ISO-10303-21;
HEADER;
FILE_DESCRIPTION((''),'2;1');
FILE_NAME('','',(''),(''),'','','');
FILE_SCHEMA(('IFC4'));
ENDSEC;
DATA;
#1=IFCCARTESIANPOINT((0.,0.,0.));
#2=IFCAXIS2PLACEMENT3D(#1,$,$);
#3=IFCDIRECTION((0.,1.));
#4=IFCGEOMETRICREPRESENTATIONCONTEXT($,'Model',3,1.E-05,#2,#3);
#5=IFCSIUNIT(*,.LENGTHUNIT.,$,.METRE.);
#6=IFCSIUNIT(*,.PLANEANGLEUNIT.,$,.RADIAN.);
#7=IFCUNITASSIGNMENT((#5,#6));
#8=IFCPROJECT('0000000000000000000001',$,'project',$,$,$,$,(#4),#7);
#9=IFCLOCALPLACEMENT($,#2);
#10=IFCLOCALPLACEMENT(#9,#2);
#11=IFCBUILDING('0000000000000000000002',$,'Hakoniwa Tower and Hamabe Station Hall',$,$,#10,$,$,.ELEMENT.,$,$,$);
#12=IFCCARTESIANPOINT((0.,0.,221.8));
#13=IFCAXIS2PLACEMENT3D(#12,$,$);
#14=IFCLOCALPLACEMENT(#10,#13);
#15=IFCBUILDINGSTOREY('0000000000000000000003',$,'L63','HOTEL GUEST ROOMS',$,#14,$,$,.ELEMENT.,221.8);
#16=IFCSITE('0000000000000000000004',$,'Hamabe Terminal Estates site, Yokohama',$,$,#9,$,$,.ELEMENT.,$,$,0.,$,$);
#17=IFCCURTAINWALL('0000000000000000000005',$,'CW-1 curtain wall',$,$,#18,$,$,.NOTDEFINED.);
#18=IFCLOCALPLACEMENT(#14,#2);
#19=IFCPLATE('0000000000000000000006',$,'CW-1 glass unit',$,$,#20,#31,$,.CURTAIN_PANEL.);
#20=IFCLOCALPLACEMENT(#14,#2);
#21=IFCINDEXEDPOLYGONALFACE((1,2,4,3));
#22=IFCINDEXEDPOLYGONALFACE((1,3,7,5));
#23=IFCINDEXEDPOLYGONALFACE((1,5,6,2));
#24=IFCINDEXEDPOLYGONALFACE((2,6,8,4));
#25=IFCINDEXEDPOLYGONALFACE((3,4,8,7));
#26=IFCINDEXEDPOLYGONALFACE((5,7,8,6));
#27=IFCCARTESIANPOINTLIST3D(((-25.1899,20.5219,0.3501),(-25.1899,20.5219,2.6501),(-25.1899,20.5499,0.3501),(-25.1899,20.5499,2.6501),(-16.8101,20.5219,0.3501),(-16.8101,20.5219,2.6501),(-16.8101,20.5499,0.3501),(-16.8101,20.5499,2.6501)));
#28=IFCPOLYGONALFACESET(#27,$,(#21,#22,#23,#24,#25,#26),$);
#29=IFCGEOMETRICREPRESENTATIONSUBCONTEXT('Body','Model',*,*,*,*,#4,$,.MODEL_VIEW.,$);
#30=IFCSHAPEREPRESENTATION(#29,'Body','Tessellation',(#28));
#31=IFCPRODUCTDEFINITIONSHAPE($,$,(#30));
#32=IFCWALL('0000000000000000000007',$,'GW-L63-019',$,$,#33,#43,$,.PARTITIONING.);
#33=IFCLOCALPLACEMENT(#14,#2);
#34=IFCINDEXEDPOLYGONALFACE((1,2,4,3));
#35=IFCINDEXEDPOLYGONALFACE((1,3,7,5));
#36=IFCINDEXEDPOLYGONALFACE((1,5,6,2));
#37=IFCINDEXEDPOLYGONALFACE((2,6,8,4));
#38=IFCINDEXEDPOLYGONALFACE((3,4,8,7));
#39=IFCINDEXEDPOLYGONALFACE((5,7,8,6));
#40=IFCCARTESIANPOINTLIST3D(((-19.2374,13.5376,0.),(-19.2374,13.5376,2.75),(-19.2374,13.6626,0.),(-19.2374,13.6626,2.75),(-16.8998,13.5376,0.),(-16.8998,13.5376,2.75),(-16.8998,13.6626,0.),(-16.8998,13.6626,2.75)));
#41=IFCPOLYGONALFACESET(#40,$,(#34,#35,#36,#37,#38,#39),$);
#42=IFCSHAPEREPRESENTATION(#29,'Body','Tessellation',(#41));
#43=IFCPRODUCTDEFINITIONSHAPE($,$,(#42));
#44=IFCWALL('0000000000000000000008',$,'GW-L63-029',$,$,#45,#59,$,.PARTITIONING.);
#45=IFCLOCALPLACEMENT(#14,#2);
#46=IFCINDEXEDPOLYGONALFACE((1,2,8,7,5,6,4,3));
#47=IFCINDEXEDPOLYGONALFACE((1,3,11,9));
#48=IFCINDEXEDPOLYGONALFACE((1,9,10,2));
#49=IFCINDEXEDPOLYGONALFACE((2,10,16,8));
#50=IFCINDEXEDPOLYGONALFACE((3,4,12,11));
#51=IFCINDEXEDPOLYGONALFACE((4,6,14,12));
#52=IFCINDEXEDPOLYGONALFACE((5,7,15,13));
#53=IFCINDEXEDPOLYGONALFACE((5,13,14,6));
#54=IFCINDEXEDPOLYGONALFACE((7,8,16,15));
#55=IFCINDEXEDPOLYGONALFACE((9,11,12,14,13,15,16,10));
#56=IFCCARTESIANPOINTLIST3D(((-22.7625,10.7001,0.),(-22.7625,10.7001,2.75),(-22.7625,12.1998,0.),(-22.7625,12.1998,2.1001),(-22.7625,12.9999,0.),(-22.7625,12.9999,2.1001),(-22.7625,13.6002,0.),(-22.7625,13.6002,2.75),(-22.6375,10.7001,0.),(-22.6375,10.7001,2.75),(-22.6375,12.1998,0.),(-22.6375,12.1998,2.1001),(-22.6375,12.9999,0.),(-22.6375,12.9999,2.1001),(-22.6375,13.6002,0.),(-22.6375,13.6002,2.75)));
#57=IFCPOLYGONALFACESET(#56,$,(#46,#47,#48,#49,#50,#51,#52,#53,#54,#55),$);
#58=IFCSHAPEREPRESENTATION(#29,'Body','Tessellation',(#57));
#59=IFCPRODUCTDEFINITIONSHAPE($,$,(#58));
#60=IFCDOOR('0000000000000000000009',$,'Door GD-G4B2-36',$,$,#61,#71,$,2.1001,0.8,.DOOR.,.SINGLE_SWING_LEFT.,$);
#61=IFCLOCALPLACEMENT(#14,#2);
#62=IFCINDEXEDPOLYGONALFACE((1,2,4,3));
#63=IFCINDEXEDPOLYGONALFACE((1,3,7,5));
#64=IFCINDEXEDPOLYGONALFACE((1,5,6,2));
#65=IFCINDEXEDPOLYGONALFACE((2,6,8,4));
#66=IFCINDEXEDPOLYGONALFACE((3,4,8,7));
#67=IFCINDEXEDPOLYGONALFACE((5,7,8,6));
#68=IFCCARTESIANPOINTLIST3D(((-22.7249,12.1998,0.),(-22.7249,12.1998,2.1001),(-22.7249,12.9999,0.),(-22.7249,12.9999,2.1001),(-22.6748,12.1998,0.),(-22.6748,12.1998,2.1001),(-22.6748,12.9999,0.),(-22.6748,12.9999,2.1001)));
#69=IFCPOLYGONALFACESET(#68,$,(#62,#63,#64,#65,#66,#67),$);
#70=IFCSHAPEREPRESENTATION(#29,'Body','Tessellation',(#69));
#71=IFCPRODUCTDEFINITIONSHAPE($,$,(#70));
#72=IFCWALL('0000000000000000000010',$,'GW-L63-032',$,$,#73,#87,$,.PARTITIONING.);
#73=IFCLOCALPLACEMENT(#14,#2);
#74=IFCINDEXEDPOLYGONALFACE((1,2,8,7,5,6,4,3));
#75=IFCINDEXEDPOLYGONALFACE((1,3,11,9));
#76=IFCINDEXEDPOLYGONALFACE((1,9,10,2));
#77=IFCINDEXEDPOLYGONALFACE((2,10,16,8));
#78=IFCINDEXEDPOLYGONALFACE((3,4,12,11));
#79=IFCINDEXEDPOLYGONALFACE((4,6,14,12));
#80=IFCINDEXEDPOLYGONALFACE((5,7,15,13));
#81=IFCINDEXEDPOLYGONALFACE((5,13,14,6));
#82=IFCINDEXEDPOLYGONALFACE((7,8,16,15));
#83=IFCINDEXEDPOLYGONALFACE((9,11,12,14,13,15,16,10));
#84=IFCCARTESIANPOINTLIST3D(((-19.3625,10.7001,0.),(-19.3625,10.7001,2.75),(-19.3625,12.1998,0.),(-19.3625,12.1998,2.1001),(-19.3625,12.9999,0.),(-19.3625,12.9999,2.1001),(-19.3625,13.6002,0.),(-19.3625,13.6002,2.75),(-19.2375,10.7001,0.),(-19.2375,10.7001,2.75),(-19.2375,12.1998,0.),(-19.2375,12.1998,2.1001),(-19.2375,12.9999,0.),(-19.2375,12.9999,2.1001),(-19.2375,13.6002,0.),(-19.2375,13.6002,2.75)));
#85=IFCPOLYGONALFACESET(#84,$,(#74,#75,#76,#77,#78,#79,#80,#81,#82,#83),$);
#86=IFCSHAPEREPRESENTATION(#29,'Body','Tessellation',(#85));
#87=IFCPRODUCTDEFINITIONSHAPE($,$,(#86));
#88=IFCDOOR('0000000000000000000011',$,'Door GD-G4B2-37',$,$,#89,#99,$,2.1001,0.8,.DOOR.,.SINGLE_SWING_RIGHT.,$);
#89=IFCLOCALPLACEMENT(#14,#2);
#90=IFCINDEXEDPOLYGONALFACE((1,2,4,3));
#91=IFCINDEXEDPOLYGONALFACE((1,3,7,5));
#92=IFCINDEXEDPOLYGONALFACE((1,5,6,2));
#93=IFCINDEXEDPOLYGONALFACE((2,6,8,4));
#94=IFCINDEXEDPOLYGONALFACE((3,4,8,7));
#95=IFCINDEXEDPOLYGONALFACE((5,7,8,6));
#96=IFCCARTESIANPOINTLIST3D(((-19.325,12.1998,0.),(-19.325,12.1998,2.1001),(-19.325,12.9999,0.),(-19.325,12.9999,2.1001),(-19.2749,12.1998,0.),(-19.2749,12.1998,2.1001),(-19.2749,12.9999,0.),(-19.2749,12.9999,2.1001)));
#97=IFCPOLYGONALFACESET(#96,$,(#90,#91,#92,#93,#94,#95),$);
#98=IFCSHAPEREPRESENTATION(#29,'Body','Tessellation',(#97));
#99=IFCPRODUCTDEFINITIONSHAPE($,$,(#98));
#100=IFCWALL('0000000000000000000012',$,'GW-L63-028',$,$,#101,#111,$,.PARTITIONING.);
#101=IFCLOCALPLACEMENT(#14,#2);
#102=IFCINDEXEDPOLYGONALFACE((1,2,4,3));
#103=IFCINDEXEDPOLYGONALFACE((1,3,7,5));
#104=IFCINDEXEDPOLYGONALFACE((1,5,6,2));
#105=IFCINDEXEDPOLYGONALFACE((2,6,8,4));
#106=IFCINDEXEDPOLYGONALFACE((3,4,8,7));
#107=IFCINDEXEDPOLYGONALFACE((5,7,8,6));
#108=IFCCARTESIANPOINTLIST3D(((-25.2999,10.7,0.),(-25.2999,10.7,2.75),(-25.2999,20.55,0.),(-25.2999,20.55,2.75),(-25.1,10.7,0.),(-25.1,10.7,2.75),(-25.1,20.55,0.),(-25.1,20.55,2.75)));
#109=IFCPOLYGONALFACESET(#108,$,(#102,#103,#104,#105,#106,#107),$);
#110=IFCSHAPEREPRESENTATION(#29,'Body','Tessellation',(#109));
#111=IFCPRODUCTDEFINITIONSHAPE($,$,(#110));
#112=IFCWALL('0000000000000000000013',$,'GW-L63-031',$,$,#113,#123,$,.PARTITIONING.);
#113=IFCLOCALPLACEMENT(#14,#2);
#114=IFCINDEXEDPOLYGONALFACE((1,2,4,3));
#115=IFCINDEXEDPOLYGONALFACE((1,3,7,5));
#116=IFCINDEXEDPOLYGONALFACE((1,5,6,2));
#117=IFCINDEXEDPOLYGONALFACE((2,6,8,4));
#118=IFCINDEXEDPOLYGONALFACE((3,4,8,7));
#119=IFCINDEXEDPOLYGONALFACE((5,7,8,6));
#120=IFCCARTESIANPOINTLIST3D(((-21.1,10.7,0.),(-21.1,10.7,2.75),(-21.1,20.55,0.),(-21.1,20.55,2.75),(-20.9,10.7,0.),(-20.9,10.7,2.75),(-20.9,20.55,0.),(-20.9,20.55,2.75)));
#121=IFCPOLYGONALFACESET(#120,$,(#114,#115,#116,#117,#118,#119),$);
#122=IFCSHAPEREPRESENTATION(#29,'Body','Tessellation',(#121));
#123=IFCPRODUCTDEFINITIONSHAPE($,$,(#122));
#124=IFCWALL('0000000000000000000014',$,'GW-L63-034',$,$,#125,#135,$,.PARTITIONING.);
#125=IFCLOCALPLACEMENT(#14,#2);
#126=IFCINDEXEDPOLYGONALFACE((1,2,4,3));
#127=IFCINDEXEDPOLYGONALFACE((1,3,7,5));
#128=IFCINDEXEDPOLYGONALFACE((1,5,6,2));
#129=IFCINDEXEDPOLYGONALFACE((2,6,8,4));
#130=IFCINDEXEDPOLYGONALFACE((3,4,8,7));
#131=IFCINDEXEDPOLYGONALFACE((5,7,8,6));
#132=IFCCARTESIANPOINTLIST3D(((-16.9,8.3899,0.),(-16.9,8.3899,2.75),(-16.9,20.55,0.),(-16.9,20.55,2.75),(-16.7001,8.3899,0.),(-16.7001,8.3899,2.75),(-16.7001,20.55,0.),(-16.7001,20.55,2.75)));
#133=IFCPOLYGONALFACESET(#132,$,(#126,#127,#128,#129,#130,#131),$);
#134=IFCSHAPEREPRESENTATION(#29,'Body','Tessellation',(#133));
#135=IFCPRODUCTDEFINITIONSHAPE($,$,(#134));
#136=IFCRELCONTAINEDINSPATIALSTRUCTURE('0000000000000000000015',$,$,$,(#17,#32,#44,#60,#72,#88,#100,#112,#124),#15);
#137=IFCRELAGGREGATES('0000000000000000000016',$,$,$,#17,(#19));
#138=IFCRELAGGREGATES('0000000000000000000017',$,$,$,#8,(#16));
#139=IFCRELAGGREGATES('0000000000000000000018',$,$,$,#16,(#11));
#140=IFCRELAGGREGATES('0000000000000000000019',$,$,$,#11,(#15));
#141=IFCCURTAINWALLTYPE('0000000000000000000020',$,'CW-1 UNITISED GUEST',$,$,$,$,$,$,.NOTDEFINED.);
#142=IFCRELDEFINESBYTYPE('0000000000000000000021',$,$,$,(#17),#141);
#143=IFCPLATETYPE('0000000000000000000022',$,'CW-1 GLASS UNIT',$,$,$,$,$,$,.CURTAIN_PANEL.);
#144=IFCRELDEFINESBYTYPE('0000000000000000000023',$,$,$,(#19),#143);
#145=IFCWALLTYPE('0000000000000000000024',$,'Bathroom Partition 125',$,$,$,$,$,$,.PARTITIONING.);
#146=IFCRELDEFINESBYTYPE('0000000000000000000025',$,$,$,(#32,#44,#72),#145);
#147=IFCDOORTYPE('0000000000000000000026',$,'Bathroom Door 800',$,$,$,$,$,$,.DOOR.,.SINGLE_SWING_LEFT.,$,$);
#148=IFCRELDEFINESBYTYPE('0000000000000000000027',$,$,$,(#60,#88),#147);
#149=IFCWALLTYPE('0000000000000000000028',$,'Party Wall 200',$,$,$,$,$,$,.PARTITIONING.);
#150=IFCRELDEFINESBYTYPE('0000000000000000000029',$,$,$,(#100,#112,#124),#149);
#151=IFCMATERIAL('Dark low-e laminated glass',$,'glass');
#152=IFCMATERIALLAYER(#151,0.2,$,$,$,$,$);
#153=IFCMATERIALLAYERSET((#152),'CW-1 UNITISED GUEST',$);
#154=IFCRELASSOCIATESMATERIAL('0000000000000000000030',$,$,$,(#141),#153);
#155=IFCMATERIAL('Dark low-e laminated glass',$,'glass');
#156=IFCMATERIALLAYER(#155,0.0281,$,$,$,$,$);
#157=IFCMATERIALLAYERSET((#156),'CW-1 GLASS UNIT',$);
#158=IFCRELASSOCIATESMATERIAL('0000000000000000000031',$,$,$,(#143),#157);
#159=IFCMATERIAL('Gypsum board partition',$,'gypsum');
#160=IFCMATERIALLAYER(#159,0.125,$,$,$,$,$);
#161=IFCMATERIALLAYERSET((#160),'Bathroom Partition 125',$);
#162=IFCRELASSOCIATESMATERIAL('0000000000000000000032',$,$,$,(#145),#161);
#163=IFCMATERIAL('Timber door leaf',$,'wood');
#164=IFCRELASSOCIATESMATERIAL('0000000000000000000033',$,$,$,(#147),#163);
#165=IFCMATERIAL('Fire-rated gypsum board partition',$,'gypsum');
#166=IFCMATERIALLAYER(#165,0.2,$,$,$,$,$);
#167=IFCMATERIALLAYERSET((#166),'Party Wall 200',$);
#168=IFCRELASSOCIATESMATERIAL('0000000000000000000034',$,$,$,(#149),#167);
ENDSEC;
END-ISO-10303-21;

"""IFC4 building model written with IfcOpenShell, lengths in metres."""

from ifc_helpers import new_model, si_unit, direction, frame, frame_2d, origin, origin_2d, place, context, subcontext, project, spatial, rectangle, extrude, material, layer, layer_set, type_object, element, fill, aggregate, save


model = new_model("IFC4")

# Units and contexts
model_context = context("Model", 3, precision=1e-05, world=origin(), true_north=direction((0.0, 1.0)))
body_context = subcontext(model_context, "Body", "Model", "MODEL_VIEW")
ifc_project = project(units=[si_unit("LENGTHUNIT", "METRE"), si_unit("PLANEANGLEUNIT", "RADIAN")], contexts=[model_context])

# Site, building, storey
site_placement = place(None, origin())
site = spatial("IfcSite", under=ifc_project, at=site_placement, Name="Hamabe Terminal Estates site, Yokohama", CompositionType="ELEMENT", RefElevation=0.0)
building_placement = place(site_placement, origin())
building = spatial("IfcBuilding", under=site, at=building_placement, Name="Hakoniwa Tower and Hamabe Station Hall", CompositionType="ELEMENT")
storey_placement = place(building_placement, frame((0.0, 0.0, 221.8)))
storey = spatial("IfcBuildingStorey", under=building, at=storey_placement, Name="L63", Description="HOTEL GUEST ROOMS", CompositionType="ELEMENT", Elevation=221.8)

# Curtain wall, plate
ifc_material_1 = material(Name="Dark low-e laminated glass", Category="glass")
ifc_layer_1 = layer(ifc_material_1, 0.2)
ifc_layer_set_1 = layer_set([ifc_layer_1], Name="CW-1 UNITISED GUEST")
curtain_wall_type = type_object("IfcCurtainWallType", Name="CW-1 UNITISED GUEST", PredefinedType="NOTDEFINED", material=ifc_layer_set_1)
curtain_wall_placement = place(storey_placement, origin())
curtain_wall = element("IfcCurtainWall", 1, at=curtain_wall_placement, inside=storey, type_object=curtain_wall_type, Name="CW-1 curtain wall", PredefinedType="NOTDEFINED")
ifc_material_2 = material(Name="Dark low-e laminated glass", Category="glass")
ifc_layer_2 = layer(ifc_material_2, 0.0281)
ifc_layer_set_2 = layer_set([ifc_layer_2], Name="CW-1 GLASS UNIT")
plate_type = type_object("IfcPlateType", Name="CW-1 GLASS UNIT", PredefinedType="CURTAIN_PANEL", material=ifc_layer_set_2)
plate_placement = place(storey_placement, frame((-21.0, 20.5359, 0.3501), z_axis=(0.0, 0.0, 1.0), x_axis=(-1.0, 0.0, 0.0)))
plate = element("IfcPlate", 2, at=plate_placement, type_object=plate_type, Name="CW-1 glass unit", PredefinedType="CURTAIN_PANEL", context=body_context, shape_type="SweptSolid", body=[
    extrude(rectangle(XDim=8.3799, YDim=0.0281, at=origin_2d()), origin(), (0.0, 0.0, 1.0), 2.3),
])
aggregate(curtain_wall, [plate])

# Wall
ifc_material_3 = material(Name="Gypsum board partition", Category="gypsum")
ifc_layer_3 = layer(ifc_material_3, 0.125)
ifc_layer_set_3 = layer_set([ifc_layer_3], Name="Bathroom Partition 125")
wall_type_1 = type_object("IfcWallType", Name="Bathroom Partition 125", PredefinedType="PARTITIONING", material=ifc_layer_set_3)
wall_1_placement = place(storey_placement, frame((-19.2375, 13.6001, 0.0), z_axis=(0.0, 0.0, 1.0), x_axis=(1.0, 0.0, 0.0)))
element("IfcWall", 3, at=wall_1_placement, inside=storey, type_object=wall_type_1, Name="GW-L63-019", PredefinedType="PARTITIONING", context=body_context, shape_type="SweptSolid", body=[
    extrude(rectangle(XDim=2.3376, YDim=0.125, at=frame_2d((1.1689, 0.0))), origin(), (0.0, 0.0, 1.0), 2.75),
])

# Walls, openings, doors
wall_2_placement = place(storey_placement, frame((-22.7, 10.7, 0.0), z_axis=(0.0, 0.0, 1.0), x_axis=(0.0, 1.0, 0.0)))
wall_2 = element("IfcWall", 4, at=wall_2_placement, inside=storey, type_object=wall_type_1, Name="GW-L63-029", PredefinedType="PARTITIONING", context=body_context, shape_type="SweptSolid", body=[
    extrude(rectangle(XDim=2.9001, YDim=0.125, at=frame_2d((1.4502, 0.0))), origin(), (0.0, 0.0, 1.0), 2.75),
])
opening_1_placement = place(wall_2_placement, frame((1.5, 0.0, 0.0)))
opening_1 = element("IfcOpeningElement", 5, at=opening_1_placement, cuts=wall_2, PredefinedType="OPENING", context=body_context, shape_type="SweptSolid", body=[
    extrude(rectangle(XDim=0.8, YDim=2.1001, at=frame_2d((0.3999, 1.05))), frame((0.0, 0.0725, 0.0), z_axis=(0.0, -1.0, 0.0), x_axis=(1.0, 0.0, 0.0)), (0.0, 0.0, 1.0), 0.145),
])
ifc_material_4 = material(Name="Timber door leaf", Category="wood")
door_type = type_object("IfcDoorType", Name="Bathroom Door 800", OperationType="SINGLE_SWING_LEFT", PredefinedType="DOOR", material=ifc_material_4)
door_1_placement = place(opening_1_placement, origin())
door_1 = element("IfcDoor", 6, at=door_1_placement, inside=storey, type_object=door_type, Name="Door GD-G4B2-36", OperationType="SINGLE_SWING_LEFT", OverallHeight=2.1001, OverallWidth=0.8, PredefinedType="DOOR", context=body_context, shape_type="SweptSolid", body=[
    extrude(rectangle(XDim=0.8, YDim=2.1001, at=frame_2d((0.3999, 1.05))), frame((0.0, 0.0249, 0.0), z_axis=(0.0, -1.0, 0.0), x_axis=(1.0, 0.0, 0.0)), (0.0, 0.0, 1.0), 0.05),
])
fill(opening_1, door_1)
wall_3_placement = place(storey_placement, frame((-19.3, 10.7, 0.0), z_axis=(0.0, 0.0, 1.0), x_axis=(0.0, 1.0, 0.0)))
wall_3 = element("IfcWall", 7, at=wall_3_placement, inside=storey, type_object=wall_type_1, Name="GW-L63-032", PredefinedType="PARTITIONING", context=body_context, shape_type="SweptSolid", body=[
    extrude(rectangle(XDim=2.9001, YDim=0.125, at=frame_2d((1.4502, 0.0))), origin(), (0.0, 0.0, 1.0), 2.75),
])
opening_2_placement = place(wall_3_placement, frame((1.5, 0.0, 0.0)))
opening_2 = element("IfcOpeningElement", 8, at=opening_2_placement, cuts=wall_3, PredefinedType="OPENING", context=body_context, shape_type="SweptSolid", body=[
    extrude(rectangle(XDim=0.8, YDim=2.1001, at=frame_2d((0.3999, 1.05))), frame((0.0, 0.0725, 0.0), z_axis=(0.0, -1.0, 0.0), x_axis=(1.0, 0.0, 0.0)), (0.0, 0.0, 1.0), 0.145),
])
door_2_placement = place(opening_2_placement, origin())
door_2 = element("IfcDoor", 9, at=door_2_placement, inside=storey, type_object=door_type, Name="Door GD-G4B2-37", OperationType="SINGLE_SWING_RIGHT", OverallHeight=2.1001, OverallWidth=0.8, PredefinedType="DOOR", context=body_context, shape_type="SweptSolid", body=[
    extrude(rectangle(XDim=0.8, YDim=2.1001, at=frame_2d((0.3999, 1.05))), frame((0.0, 0.0249, 0.0), z_axis=(0.0, -1.0, 0.0), x_axis=(1.0, 0.0, 0.0)), (0.0, 0.0, 1.0), 0.05),
])
fill(opening_2, door_2)

# Walls
ifc_material_5 = material(Name="Fire-rated gypsum board partition", Category="gypsum")
ifc_layer_4 = layer(ifc_material_5, 0.2)
ifc_layer_set_4 = layer_set([ifc_layer_4], Name="Party Wall 200")
wall_type_2 = type_object("IfcWallType", Name="Party Wall 200", PredefinedType="PARTITIONING", material=ifc_layer_set_4)
for number, where, z_axis, x_axis, name in (
    (10, (-25.2, 10.7, 0.0), (0.0, 0.0, 1.0), (0.0, 1.0, 0.0), "GW-L63-028"),
    (11, (-21.0, 10.7, 0.0), (0.0, 0.0, 1.0), (0.0, 1.0, 0.0), "GW-L63-031"),
):
    element("IfcWall", number, at=place(storey_placement, frame(where, z_axis=z_axis, x_axis=x_axis)), inside=storey, type_object=wall_type_2, Name=name, PredefinedType="PARTITIONING", context=body_context, shape_type="SweptSolid", body=[
        extrude(rectangle(XDim=9.8501, YDim=0.2, at=frame_2d((4.925, 0.0))), origin(), (0.0, 0.0, 1.0), 2.75),
    ])
wall_4_placement = place(storey_placement, frame((-16.8, 8.3899, 0.0), z_axis=(0.0, 0.0, 1.0), x_axis=(0.0, 1.0, 0.0)))
element("IfcWall", 12, at=wall_4_placement, inside=storey, type_object=wall_type_2, Name="GW-L63-034", PredefinedType="PARTITIONING", context=body_context, shape_type="SweptSolid", body=[
    extrude(rectangle(XDim=12.1602, YDim=0.2, at=frame_2d((6.0801, 0.0))), origin(), (0.0, 0.0, 1.0), 2.75),
])

save(model, "model.ifc")
